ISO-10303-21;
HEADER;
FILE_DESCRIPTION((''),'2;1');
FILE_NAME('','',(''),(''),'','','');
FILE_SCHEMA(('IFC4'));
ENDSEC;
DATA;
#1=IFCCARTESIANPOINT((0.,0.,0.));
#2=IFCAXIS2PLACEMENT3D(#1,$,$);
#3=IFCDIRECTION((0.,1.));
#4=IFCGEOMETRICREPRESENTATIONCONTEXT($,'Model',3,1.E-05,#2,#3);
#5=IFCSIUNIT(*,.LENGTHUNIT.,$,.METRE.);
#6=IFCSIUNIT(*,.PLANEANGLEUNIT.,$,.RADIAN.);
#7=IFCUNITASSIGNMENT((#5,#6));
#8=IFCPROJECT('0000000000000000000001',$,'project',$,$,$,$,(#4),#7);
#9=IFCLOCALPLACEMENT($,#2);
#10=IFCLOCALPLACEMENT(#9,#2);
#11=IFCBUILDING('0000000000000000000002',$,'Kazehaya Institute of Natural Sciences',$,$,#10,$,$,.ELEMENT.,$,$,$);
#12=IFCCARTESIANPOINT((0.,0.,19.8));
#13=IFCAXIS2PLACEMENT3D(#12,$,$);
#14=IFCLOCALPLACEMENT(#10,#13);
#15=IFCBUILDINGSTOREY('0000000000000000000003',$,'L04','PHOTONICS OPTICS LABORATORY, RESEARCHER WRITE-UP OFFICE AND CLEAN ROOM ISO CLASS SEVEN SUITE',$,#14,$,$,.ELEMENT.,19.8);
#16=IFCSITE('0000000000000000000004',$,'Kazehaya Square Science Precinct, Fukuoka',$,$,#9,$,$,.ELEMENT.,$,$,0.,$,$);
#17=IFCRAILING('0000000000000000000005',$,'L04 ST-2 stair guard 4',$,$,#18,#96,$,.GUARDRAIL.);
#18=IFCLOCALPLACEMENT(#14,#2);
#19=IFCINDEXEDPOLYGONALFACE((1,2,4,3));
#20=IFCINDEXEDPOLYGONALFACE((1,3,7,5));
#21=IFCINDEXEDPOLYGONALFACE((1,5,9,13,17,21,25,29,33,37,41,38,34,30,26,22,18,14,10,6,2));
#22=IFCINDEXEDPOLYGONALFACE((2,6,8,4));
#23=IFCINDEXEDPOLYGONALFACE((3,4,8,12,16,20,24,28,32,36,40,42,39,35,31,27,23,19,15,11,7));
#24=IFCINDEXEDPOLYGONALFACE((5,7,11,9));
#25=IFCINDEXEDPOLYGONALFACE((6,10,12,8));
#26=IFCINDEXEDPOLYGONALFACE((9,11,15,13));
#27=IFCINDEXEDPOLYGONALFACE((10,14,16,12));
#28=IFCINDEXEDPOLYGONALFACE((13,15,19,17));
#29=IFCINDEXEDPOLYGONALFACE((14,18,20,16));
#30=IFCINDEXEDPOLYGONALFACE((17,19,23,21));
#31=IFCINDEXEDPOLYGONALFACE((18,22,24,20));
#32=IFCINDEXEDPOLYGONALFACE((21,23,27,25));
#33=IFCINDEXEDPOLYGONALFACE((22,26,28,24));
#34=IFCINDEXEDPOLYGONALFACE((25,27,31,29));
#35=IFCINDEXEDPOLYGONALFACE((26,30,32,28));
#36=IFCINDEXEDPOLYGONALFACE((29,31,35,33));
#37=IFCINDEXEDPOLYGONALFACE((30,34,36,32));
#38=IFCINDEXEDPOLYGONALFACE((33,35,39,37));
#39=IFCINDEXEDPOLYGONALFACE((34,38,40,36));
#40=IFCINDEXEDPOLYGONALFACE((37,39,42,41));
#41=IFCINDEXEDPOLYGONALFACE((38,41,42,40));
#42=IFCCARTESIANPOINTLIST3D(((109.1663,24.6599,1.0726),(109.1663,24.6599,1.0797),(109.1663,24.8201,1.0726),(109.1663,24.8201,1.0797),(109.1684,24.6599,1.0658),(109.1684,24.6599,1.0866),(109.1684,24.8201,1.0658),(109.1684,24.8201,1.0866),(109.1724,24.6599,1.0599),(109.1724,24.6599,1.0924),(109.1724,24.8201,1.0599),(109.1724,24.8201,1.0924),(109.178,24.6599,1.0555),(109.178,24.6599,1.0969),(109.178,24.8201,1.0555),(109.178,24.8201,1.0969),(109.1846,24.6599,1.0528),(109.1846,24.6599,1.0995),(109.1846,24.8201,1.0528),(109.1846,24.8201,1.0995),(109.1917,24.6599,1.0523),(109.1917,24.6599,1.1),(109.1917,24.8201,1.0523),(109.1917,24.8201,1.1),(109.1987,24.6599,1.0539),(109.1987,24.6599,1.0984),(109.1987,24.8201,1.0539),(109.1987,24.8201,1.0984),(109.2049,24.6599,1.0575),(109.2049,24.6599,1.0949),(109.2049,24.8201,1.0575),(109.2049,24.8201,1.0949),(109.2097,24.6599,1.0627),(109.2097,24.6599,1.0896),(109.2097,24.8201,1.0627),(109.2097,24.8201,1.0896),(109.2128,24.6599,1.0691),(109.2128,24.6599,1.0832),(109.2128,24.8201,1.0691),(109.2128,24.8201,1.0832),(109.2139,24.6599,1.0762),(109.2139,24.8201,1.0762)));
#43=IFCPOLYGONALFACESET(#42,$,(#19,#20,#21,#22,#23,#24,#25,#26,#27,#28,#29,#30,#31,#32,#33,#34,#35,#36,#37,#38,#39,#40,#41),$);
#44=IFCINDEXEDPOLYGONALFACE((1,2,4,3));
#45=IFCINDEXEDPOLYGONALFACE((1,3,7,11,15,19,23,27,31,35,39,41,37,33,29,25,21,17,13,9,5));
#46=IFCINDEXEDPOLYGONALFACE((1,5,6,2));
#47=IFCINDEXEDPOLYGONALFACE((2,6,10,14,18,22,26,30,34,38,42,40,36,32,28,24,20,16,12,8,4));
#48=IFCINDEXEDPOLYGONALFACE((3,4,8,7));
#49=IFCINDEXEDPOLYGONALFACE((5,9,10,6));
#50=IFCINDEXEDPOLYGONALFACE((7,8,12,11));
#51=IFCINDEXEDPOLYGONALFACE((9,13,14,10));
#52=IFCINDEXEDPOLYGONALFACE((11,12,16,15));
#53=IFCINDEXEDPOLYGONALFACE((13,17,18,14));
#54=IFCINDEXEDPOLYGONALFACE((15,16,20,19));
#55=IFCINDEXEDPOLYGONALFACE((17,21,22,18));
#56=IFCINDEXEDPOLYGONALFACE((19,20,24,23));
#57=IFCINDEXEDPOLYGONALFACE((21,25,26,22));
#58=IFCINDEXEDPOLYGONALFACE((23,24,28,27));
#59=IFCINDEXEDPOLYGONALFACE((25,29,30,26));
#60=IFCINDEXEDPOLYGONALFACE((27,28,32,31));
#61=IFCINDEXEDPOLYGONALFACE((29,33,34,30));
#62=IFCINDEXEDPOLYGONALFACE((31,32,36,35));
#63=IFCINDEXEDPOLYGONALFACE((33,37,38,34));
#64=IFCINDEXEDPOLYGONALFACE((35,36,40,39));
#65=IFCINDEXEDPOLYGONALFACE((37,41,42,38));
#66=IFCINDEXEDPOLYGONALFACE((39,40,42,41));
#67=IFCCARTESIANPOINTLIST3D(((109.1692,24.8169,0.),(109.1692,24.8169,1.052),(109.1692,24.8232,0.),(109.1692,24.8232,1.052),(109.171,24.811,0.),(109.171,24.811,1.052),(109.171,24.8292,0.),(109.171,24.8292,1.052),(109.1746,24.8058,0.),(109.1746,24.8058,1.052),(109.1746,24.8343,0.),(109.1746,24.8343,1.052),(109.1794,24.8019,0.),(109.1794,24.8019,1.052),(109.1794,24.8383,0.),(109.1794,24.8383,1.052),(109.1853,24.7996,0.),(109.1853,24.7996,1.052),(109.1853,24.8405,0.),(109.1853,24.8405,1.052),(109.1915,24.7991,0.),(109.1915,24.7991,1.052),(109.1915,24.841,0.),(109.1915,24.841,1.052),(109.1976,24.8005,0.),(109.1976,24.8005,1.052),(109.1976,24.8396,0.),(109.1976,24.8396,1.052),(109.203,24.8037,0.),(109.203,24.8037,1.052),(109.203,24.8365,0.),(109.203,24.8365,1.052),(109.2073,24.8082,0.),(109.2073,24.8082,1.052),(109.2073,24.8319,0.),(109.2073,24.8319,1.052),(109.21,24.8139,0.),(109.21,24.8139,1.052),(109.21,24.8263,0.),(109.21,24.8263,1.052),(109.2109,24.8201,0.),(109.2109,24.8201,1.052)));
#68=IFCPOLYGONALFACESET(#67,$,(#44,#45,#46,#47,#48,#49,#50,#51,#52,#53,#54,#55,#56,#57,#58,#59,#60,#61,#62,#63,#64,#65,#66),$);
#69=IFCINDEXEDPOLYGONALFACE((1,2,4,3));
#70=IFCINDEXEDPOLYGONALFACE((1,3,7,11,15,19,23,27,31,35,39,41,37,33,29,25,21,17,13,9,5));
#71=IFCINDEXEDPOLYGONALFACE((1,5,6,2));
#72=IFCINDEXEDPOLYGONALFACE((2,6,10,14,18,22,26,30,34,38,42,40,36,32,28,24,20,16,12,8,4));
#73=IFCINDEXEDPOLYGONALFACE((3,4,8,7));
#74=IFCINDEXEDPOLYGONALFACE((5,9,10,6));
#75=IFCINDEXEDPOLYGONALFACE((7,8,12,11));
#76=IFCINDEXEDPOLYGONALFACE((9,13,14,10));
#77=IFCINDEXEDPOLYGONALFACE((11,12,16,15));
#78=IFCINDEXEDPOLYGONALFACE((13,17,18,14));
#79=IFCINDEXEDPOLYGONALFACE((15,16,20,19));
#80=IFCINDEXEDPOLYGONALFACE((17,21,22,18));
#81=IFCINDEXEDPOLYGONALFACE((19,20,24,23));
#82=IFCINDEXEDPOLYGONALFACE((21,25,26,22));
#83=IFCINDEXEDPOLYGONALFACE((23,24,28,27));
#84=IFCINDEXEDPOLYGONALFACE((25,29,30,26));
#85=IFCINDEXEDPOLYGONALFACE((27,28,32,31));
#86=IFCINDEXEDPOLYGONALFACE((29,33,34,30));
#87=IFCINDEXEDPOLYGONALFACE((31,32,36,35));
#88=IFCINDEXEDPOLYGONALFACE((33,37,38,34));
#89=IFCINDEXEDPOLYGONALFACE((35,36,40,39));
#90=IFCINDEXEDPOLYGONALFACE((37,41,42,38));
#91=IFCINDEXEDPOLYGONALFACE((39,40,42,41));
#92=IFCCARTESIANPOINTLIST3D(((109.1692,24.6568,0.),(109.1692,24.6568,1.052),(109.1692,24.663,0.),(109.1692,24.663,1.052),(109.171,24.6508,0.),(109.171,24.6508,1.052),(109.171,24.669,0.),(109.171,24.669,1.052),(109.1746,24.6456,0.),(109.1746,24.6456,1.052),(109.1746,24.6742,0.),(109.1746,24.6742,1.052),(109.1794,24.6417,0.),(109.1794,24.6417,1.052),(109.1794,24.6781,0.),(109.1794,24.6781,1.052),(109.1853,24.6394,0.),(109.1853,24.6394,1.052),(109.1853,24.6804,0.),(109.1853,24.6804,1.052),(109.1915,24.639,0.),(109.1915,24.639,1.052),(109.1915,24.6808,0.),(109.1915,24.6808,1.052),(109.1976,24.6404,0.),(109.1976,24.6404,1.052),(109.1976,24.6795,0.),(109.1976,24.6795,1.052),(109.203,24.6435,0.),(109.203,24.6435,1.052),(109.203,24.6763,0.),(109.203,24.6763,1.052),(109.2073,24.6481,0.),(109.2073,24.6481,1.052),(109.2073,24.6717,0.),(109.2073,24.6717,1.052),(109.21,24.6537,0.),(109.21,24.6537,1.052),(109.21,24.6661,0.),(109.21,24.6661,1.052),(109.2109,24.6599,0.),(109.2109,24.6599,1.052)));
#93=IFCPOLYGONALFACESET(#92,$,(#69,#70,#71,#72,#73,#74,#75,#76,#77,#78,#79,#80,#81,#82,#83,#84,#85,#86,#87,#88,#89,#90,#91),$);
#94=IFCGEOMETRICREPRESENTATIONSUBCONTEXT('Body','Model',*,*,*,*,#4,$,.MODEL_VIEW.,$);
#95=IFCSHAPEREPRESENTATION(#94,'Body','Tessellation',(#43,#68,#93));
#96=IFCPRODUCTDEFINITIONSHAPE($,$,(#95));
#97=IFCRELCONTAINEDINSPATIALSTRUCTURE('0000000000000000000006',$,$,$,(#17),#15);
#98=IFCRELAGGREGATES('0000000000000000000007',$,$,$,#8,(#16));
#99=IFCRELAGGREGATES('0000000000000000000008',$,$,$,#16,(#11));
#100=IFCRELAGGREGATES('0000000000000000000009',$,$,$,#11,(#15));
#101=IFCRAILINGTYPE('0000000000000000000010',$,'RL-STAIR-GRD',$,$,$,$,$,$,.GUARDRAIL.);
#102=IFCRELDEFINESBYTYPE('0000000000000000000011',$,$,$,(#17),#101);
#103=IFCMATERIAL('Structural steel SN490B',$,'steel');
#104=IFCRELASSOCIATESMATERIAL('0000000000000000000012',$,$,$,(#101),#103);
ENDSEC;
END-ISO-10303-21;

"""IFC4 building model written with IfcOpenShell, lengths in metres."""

from ifc_helpers import new_model, si_unit, direction, frame, origin, origin_2d, place, context, subcontext, project, spatial, circle, extrude, material, type_object, element, save


model = new_model("IFC4")

# Units and contexts
model_context = context("Model", 3, precision=1e-05, world=origin(), true_north=direction((0.0, 1.0)))
body_context = subcontext(model_context, "Body", "Model", "MODEL_VIEW")
ifc_project = project(units=[si_unit("LENGTHUNIT", "METRE"), si_unit("PLANEANGLEUNIT", "RADIAN")], contexts=[model_context])

# Site, building, storey
site_placement = place(None, origin())
site = spatial("IfcSite", under=ifc_project, at=site_placement, Name="Kazehaya Square Science Precinct, Fukuoka", CompositionType="ELEMENT", RefElevation=0.0)
building_placement = place(site_placement, origin())
building = spatial("IfcBuilding", under=site, at=building_placement, Name="Kazehaya Institute of Natural Sciences", CompositionType="ELEMENT")
storey_placement = place(building_placement, frame((0.0, 0.0, 19.8)))
storey = spatial("IfcBuildingStorey", under=building, at=storey_placement, Name="L04", Description="PHOTONICS OPTICS LABORATORY, RESEARCHER WRITE-UP OFFICE AND CLEAN ROOM ISO CLASS SEVEN SUITE", CompositionType="ELEMENT", Elevation=19.8)

# Railing
ifc_material_1 = material(Name="Structural steel SN490B", Category="steel")
railing_type_1 = type_object("IfcRailingType", Name="RL-STAIR-GRD", PredefinedType="GUARDRAIL", material=ifc_material_1)
railing_1_placement = place(storey_placement, frame((109.1899, 24.8201, 0.0)))
element("IfcRailing", 1, at=railing_1_placement, inside=storey, type_object=railing_type_1, Name="L04 ST-2 stair guard 4", PredefinedType="GUARDRAIL", context=body_context, shape_type="SweptSolid", body=[
    extrude(circle(Radius=0.0239, at=origin_2d()), frame((0.0, 0.0, 1.0762), z_axis=(0.0, -1.0, 0.0), x_axis=(1.0, 0.0, 0.0)), (0.0, 0.0, 1.0), 0.1602),
    extrude(circle(Radius=0.021, at=origin_2d()), origin(), (0.0, 0.0, 1.0), 1.052),
    extrude(circle(Radius=0.021, at=origin_2d()), frame((0.0, -0.1602, 0.0)), (0.0, 0.0, 1.0), 1.052),
])

save(model, "model.ifc")
